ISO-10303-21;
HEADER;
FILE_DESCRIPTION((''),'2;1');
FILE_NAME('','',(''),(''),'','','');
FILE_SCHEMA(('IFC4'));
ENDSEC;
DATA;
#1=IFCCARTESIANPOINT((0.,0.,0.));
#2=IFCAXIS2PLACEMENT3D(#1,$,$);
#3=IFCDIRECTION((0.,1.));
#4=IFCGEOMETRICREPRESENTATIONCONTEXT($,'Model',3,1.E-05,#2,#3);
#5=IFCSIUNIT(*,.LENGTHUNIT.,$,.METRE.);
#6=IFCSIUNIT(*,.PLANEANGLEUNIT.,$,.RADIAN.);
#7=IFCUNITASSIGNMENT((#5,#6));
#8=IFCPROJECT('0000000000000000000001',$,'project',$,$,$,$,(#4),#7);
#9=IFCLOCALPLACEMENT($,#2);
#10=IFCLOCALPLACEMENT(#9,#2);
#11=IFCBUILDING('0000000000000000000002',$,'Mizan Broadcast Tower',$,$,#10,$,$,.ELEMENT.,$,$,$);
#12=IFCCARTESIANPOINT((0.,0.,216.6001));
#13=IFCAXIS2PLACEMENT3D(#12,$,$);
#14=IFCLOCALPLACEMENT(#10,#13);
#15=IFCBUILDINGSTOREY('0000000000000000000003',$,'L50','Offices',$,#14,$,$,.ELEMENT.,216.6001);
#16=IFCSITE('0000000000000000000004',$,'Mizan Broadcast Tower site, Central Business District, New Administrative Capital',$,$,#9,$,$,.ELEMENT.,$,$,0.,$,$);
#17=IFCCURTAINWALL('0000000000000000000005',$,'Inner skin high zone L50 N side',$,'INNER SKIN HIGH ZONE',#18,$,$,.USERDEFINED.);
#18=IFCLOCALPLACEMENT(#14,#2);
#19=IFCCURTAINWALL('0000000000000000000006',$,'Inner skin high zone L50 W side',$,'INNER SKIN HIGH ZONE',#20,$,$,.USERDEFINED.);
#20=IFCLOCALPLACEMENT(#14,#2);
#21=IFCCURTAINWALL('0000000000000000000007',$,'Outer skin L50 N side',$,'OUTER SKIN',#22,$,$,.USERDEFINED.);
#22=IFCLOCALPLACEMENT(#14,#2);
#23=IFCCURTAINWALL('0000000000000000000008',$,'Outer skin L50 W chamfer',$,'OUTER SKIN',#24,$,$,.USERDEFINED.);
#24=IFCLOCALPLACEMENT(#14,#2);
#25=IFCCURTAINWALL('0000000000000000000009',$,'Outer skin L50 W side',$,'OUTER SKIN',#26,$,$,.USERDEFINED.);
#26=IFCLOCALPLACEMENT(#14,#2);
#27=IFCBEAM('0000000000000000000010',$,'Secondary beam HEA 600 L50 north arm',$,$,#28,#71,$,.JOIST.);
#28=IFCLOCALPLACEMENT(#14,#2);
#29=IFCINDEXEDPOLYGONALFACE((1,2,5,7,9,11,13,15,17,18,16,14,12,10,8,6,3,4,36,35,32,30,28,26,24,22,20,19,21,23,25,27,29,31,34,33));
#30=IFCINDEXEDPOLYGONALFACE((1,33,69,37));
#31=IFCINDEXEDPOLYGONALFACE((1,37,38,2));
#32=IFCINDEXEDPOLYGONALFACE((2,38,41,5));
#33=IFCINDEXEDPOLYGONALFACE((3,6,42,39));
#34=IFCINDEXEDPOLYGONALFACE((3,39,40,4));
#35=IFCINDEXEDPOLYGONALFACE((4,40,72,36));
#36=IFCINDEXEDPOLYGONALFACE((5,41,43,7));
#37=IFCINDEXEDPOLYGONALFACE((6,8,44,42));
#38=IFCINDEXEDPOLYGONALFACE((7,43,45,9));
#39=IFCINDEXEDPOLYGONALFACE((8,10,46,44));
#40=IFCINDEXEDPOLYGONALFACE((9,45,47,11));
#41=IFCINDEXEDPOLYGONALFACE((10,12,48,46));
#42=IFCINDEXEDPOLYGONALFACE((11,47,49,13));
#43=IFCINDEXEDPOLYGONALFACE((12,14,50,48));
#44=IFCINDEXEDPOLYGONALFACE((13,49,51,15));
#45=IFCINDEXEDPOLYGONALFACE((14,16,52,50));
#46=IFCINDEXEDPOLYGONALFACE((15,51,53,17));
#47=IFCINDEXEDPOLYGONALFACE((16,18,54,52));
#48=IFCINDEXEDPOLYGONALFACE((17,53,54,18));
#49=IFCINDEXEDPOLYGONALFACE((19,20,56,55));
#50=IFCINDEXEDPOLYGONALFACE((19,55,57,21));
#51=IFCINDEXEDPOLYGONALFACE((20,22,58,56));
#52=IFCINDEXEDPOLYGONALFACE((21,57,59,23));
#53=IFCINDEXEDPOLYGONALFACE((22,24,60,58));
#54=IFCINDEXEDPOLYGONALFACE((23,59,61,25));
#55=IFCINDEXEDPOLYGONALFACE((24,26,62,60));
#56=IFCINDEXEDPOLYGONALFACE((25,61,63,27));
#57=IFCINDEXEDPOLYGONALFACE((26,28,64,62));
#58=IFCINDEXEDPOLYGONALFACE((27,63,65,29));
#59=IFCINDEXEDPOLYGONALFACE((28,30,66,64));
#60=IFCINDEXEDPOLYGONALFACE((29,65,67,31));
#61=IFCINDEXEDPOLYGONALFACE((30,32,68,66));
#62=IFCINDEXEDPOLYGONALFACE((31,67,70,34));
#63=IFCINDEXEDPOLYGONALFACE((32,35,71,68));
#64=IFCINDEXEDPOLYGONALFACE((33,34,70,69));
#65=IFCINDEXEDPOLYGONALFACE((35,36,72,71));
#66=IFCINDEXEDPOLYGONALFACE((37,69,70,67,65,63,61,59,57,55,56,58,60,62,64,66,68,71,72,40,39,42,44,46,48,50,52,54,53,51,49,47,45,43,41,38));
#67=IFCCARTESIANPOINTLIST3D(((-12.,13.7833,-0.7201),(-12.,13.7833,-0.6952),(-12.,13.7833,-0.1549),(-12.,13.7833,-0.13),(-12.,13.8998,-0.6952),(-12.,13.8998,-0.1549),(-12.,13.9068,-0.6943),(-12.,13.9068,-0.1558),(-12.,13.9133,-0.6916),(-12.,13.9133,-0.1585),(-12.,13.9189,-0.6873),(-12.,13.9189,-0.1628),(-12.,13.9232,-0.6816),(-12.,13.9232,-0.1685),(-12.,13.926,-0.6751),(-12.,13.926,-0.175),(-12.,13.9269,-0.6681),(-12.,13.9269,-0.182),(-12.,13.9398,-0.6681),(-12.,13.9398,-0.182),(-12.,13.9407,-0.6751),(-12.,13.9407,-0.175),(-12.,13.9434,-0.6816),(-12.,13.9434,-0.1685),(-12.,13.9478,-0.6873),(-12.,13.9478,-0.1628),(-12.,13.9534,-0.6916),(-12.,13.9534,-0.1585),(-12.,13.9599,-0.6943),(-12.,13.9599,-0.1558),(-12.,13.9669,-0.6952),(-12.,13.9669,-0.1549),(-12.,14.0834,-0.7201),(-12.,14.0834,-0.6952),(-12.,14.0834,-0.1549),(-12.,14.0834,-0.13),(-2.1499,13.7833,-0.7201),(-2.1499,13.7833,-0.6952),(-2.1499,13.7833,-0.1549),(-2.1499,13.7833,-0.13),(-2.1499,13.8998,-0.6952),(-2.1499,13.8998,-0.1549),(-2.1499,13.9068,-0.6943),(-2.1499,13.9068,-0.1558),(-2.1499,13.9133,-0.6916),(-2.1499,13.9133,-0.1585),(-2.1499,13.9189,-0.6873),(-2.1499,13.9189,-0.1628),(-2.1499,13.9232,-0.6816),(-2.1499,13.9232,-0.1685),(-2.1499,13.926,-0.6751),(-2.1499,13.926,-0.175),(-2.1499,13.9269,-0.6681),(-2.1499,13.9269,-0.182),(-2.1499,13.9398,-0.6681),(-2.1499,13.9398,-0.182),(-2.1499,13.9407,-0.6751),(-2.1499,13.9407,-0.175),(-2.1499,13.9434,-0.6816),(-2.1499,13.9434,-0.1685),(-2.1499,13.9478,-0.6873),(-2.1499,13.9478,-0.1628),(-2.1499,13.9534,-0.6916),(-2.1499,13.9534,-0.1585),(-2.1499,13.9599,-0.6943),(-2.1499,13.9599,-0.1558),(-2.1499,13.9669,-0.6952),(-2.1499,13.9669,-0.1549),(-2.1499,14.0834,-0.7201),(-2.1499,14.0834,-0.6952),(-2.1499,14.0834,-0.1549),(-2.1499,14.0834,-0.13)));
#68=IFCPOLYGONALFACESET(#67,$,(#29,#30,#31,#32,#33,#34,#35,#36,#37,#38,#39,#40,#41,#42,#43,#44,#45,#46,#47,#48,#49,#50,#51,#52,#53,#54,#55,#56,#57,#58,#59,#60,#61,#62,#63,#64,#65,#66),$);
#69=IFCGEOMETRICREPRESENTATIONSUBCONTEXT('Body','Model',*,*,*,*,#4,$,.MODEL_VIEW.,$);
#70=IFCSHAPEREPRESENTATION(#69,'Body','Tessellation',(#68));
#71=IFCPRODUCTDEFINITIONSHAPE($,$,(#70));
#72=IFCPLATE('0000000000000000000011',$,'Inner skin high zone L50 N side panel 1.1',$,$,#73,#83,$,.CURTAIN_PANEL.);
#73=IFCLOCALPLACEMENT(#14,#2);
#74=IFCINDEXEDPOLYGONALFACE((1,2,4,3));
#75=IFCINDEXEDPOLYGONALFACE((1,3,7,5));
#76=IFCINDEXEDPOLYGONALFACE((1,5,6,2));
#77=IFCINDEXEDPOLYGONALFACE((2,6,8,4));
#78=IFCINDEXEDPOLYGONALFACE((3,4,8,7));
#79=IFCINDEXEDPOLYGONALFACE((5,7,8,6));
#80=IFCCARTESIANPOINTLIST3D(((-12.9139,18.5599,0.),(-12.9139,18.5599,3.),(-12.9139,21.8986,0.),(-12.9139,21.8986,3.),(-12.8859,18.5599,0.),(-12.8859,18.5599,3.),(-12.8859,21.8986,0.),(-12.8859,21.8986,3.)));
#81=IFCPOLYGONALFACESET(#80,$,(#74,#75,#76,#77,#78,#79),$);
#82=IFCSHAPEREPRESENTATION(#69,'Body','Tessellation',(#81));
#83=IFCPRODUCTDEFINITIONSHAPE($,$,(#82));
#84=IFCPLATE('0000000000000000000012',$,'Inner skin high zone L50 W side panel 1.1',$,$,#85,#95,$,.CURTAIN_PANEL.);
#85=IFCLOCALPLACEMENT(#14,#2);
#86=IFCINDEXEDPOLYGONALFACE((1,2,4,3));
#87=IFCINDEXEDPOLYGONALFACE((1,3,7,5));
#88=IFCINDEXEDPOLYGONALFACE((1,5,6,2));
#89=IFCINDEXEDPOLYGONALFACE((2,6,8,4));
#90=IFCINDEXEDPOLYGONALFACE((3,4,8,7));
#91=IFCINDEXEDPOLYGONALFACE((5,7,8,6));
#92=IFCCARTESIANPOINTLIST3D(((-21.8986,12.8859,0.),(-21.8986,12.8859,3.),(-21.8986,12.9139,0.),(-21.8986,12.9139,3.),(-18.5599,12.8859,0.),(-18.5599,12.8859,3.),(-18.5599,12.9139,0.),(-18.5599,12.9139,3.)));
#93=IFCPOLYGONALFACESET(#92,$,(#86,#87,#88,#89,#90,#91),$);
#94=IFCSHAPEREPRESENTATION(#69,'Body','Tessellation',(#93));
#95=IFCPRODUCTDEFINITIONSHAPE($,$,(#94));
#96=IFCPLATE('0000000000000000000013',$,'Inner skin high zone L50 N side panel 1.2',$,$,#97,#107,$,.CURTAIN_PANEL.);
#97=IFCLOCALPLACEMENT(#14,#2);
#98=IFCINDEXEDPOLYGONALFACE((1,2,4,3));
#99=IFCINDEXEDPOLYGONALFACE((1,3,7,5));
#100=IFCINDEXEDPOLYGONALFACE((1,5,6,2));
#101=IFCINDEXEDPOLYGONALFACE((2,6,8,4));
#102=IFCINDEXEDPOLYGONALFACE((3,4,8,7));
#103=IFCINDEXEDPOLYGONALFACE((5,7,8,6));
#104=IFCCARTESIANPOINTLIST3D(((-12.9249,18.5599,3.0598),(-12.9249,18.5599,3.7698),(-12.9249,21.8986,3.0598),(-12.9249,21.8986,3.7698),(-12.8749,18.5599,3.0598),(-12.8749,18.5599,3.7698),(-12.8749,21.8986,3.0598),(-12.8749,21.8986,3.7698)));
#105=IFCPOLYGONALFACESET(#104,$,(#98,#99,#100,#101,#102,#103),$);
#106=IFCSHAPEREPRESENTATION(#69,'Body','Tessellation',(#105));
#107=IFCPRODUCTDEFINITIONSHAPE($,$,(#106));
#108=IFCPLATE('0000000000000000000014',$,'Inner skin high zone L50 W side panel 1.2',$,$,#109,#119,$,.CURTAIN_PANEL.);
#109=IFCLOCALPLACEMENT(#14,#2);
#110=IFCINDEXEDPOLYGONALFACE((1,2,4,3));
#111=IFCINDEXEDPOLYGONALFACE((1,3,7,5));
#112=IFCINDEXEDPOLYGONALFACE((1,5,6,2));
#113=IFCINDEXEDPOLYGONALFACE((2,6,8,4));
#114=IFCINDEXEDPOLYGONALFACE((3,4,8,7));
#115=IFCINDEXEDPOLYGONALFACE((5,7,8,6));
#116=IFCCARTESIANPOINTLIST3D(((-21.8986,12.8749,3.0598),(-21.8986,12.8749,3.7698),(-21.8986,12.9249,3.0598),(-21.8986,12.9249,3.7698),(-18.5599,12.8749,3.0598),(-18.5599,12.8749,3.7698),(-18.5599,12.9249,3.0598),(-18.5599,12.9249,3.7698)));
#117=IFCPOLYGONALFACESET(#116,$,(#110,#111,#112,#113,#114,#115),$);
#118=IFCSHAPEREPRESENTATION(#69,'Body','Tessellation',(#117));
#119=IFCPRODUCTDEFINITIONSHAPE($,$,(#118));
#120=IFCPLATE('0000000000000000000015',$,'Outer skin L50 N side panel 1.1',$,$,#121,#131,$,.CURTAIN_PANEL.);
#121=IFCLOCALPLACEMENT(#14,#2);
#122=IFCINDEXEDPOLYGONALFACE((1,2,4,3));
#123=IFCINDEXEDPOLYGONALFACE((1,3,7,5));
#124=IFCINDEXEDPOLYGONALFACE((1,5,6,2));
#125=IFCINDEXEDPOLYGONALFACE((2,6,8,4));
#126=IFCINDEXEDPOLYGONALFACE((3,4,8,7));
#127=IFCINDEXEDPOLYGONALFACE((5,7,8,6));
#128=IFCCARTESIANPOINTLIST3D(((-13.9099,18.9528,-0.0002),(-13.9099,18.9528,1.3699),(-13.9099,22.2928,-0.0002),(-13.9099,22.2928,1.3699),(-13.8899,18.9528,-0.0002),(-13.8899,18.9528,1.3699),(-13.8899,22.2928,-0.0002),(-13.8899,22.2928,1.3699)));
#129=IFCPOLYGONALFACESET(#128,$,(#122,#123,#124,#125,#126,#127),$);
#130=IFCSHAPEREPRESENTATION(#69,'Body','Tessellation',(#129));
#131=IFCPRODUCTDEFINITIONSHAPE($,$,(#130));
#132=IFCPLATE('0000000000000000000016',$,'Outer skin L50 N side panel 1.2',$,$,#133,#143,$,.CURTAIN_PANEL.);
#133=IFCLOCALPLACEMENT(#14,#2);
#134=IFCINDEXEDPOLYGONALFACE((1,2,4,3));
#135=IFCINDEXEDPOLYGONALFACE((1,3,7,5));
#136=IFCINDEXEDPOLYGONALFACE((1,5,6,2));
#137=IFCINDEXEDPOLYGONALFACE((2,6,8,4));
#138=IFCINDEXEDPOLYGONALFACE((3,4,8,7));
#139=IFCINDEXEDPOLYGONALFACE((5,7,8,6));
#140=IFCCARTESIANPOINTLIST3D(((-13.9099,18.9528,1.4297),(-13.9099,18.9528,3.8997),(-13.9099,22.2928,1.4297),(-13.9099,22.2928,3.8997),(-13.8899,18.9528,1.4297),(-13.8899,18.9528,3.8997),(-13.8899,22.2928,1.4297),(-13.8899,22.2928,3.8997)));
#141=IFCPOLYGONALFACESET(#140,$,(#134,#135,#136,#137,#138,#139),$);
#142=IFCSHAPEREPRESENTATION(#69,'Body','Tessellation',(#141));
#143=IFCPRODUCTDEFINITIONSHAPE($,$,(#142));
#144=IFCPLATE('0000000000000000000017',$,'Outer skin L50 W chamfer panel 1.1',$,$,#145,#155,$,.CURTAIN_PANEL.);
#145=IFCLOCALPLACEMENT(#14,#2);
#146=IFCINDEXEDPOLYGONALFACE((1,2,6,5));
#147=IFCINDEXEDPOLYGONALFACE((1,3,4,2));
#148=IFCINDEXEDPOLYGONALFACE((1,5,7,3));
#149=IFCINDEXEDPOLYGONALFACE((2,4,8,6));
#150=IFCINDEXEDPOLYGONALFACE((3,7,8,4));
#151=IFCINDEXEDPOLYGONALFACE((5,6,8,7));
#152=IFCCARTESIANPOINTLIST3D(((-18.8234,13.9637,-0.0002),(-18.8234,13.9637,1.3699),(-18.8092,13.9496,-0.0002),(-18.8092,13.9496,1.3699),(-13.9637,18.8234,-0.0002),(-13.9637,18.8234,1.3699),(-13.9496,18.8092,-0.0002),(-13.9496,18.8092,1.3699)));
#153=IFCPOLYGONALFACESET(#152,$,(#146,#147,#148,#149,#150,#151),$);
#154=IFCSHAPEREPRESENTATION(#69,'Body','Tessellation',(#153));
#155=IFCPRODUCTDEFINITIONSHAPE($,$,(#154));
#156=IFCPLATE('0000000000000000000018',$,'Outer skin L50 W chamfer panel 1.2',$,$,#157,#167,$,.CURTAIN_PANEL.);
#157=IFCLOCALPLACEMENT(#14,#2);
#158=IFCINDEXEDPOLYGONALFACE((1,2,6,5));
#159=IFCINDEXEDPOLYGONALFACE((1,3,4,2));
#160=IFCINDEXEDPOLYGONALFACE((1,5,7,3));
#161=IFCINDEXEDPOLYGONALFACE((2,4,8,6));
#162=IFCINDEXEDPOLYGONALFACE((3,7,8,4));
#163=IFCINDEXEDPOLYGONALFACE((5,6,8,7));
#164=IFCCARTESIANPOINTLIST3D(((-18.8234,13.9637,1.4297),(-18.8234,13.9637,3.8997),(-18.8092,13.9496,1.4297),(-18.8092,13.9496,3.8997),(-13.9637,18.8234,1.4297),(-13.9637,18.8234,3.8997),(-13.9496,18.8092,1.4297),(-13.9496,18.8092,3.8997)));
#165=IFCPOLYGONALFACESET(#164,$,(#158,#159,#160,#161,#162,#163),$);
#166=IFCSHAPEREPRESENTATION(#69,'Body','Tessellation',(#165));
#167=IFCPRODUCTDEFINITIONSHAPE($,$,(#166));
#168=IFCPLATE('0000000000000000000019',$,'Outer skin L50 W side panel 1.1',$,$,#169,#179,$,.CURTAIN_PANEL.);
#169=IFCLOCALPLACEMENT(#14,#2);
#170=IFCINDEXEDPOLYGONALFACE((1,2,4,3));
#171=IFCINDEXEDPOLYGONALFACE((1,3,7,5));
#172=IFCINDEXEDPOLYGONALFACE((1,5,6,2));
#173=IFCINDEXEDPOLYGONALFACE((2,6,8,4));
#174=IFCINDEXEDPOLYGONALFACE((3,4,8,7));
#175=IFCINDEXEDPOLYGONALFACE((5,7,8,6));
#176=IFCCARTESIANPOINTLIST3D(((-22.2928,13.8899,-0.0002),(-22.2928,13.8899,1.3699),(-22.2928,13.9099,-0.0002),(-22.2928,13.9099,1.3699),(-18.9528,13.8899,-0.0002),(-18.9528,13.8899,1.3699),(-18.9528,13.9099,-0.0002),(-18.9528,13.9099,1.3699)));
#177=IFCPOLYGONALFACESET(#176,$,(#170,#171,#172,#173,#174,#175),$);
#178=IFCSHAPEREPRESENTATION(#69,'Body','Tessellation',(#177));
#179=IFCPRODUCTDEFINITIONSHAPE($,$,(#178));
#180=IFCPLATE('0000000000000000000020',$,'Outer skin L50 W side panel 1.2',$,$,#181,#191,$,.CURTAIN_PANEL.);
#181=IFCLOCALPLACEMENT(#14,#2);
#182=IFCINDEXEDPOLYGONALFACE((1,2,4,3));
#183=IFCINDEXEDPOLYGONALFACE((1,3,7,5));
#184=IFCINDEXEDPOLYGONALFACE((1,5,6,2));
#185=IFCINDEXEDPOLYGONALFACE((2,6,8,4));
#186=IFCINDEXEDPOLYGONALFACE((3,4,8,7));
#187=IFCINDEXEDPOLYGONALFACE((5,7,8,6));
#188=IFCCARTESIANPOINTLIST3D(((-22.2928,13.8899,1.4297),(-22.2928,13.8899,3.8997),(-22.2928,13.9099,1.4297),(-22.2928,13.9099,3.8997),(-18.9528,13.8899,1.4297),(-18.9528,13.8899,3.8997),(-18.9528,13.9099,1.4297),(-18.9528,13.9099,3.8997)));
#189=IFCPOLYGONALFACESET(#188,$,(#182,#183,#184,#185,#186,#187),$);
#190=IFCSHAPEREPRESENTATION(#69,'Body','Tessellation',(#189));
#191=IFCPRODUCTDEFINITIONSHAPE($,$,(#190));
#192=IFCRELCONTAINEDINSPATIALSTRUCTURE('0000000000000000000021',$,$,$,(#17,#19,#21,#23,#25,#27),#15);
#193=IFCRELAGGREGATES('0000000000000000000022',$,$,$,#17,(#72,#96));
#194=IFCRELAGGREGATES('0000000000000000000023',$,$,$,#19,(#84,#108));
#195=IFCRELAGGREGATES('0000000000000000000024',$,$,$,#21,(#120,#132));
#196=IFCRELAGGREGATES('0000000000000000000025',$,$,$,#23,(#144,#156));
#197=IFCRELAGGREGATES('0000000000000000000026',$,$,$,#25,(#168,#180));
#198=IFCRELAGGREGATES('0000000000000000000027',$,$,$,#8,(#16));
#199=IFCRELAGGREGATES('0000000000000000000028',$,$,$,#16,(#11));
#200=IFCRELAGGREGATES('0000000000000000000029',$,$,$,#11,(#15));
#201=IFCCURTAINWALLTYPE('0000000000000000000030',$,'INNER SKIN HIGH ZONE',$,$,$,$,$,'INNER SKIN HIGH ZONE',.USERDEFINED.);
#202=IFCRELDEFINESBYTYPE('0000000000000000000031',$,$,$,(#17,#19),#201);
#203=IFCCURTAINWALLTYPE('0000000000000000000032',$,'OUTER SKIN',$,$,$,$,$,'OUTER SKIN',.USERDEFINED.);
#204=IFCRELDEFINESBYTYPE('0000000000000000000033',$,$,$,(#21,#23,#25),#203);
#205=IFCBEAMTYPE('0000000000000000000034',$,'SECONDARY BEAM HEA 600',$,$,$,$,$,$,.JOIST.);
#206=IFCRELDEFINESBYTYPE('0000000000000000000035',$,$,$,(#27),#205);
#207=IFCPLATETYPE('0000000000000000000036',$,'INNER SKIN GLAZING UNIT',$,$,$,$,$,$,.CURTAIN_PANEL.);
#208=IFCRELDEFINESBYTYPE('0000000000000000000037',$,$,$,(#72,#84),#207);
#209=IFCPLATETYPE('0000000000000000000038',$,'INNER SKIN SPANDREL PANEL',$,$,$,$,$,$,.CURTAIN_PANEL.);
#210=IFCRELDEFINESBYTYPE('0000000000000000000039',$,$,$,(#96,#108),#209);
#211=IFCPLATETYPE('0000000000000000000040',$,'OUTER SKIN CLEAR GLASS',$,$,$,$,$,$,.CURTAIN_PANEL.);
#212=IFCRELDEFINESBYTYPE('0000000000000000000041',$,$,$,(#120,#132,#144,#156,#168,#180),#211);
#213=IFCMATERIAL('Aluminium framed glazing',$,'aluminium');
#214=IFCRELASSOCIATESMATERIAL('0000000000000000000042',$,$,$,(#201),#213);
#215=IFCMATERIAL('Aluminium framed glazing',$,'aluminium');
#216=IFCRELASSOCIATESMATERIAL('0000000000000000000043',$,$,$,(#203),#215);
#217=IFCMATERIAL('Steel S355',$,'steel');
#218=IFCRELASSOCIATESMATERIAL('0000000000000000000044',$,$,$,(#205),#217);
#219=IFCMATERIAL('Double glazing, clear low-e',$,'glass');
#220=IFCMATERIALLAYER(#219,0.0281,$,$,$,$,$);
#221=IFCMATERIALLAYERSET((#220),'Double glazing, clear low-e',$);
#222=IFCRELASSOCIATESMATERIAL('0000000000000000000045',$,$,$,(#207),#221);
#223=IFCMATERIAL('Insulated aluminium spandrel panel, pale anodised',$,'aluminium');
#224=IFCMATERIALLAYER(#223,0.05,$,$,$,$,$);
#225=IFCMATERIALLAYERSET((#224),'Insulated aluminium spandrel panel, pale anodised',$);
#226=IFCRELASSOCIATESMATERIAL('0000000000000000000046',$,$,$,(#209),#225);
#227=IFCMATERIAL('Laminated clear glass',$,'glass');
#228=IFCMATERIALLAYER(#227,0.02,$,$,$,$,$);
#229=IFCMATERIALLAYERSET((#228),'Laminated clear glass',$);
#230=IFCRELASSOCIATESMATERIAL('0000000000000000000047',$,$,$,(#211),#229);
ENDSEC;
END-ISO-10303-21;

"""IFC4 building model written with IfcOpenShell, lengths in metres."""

from ifc_helpers import new_model, si_unit, direction, frame, origin, origin_2d, place, context, subcontext, project, spatial, rectangle, i_section, extrude, material, layer, layer_set, material_profile, profile_set, type_object, element, aggregate, save


model = new_model("IFC4")

# Units and contexts
model_context = context("Model", 3, precision=1e-05, world=origin(), true_north=direction((0.0, 1.0)))
body_context = subcontext(model_context, "Body", "Model", "MODEL_VIEW")
ifc_project = project(units=[si_unit("LENGTHUNIT", "METRE"), si_unit("PLANEANGLEUNIT", "RADIAN")], contexts=[model_context])

# Site, building, storey
site_placement = place(None, origin())
site = spatial("IfcSite", under=ifc_project, at=site_placement, Name="Mizan Broadcast Tower site, Central Business District, New Administrative Capital", CompositionType="ELEMENT", RefElevation=0.0)
building_placement = place(site_placement, origin())
building = spatial("IfcBuilding", under=site, at=building_placement, Name="Mizan Broadcast Tower", CompositionType="ELEMENT")
storey_placement = place(building_placement, frame((0.0, 0.0, 216.6001)))
storey = spatial("IfcBuildingStorey", under=building, at=storey_placement, Name="L50", Description="Offices", CompositionType="ELEMENT", Elevation=216.6001)

# Shared definitions
ifc_material_1 = material(Name="Aluminium framed glazing", Category="aluminium")
curtain_wall_type_1 = type_object("IfcCurtainWallType", Name="INNER SKIN HIGH ZONE", ElementType="INNER SKIN HIGH ZONE", PredefinedType="USERDEFINED", material=ifc_material_1)

# Curtain wall
curtain_wall_1_placement = place(storey_placement, origin())
curtain_wall_1 = element("IfcCurtainWall", 1, at=curtain_wall_1_placement, inside=storey, type_object=curtain_wall_type_1, Name="Inner skin high zone L50 N side", ObjectType="INNER SKIN HIGH ZONE", PredefinedType="USERDEFINED")

# Curtain walls
curtain_wall_2_placement = place(storey_placement, origin())
curtain_wall_2 = element("IfcCurtainWall", 2, at=curtain_wall_2_placement, inside=storey, type_object=curtain_wall_type_1, Name="Inner skin high zone L50 W side", ObjectType="INNER SKIN HIGH ZONE", PredefinedType="USERDEFINED")
ifc_material_2 = material(Name="Aluminium framed glazing", Category="aluminium")
curtain_wall_type_2 = type_object("IfcCurtainWallType", Name="OUTER SKIN", ElementType="OUTER SKIN", PredefinedType="USERDEFINED", material=ifc_material_2)
curtain_wall_3_placement = place(storey_placement, origin())
curtain_wall_3 = element("IfcCurtainWall", 3, at=curtain_wall_3_placement, inside=storey, type_object=curtain_wall_type_2, Name="Outer skin L50 N side", ObjectType="OUTER SKIN", PredefinedType="USERDEFINED")
curtain_wall_4_placement = place(storey_placement, origin())
curtain_wall_4 = element("IfcCurtainWall", 4, at=curtain_wall_4_placement, inside=storey, type_object=curtain_wall_type_2, Name="Outer skin L50 W chamfer", ObjectType="OUTER SKIN", PredefinedType="USERDEFINED")
curtain_wall_5_placement = place(storey_placement, origin())
curtain_wall_5 = element("IfcCurtainWall", 5, at=curtain_wall_5_placement, inside=storey, type_object=curtain_wall_type_2, Name="Outer skin L50 W side", ObjectType="OUTER SKIN", PredefinedType="USERDEFINED")

# Beam
ifc_material_3 = material(Name="Steel S355", Category="steel")
ifc_material_profile_1 = material_profile(ifc_material_3, i_section(OverallWidth=0.3, OverallDepth=0.5901, WebThickness=0.0129, FlangeThickness=0.0249, FilletRadius=0.0271, at=origin_2d()), Name="HEA 600")
ifc_profile_set_1 = profile_set([ifc_material_profile_1], Name="Steel S355")
beam_type = type_object("IfcBeamType", Name="SECONDARY BEAM HEA 600", PredefinedType="JOIST", material=ifc_profile_set_1)
beam_placement = place(storey_placement, frame((-12.0, 13.9333, -0.425), z_axis=(1.0, 0.0, 0.0), x_axis=(0.0, 1.0, 0.0)))
element("IfcBeam", 6, at=beam_placement, inside=storey, type_object=beam_type, Name="Secondary beam HEA 600 L50 north arm", PredefinedType="JOIST", context=body_context, shape_type="SweptSolid", body=[
    extrude(i_section(OverallWidth=0.3, OverallDepth=0.5901, WebThickness=0.0129, FlangeThickness=0.0249, FilletRadius=0.0271, at=origin_2d()), origin(), (0.0, 0.0, 1.0), 9.8501),
])

# Plates
ifc_material_4 = material(Name="Double glazing, clear low-e", Category="glass")
ifc_layer_1 = layer(ifc_material_4, 0.0281)
ifc_layer_set_1 = layer_set([ifc_layer_1], Name="Double glazing, clear low-e")
plate_type_1 = type_object("IfcPlateType", Name="INNER SKIN GLAZING UNIT", PredefinedType="CURTAIN_PANEL", material=ifc_layer_set_1)
plate_1_placement = place(storey_placement, frame((-12.8999, 20.2292, 0.0), z_axis=(0.0, 0.0, 1.0), x_axis=(0.0, -1.0, 0.0)))
plate_1 = element("IfcPlate", 7, at=plate_1_placement, type_object=plate_type_1, Name="Inner skin high zone L50 N side panel 1.1", PredefinedType="CURTAIN_PANEL", context=body_context, shape_type="SweptSolid", body=[
    extrude(rectangle(XDim=3.3386, YDim=0.0281, at=origin_2d()), origin(), (0.0, 0.0, 1.0), 3.0),
])
plate_2_placement = place(storey_placement, frame((-20.2292, 12.8999, 0.0), z_axis=(0.0, 0.0, 1.0), x_axis=(-1.0, 0.0, 0.0)))
plate_2 = element("IfcPlate", 8, at=plate_2_placement, type_object=plate_type_1, Name="Inner skin high zone L50 W side panel 1.1", PredefinedType="CURTAIN_PANEL", context=body_context, shape_type="SweptSolid", body=[
    extrude(rectangle(XDim=3.3386, YDim=0.0281, at=origin_2d()), origin(), (0.0, 0.0, 1.0), 3.0),
])
ifc_material_5 = material(Name="Insulated aluminium spandrel panel, pale anodised", Category="aluminium")
ifc_layer_2 = layer(ifc_material_5, 0.05)
ifc_layer_set_2 = layer_set([ifc_layer_2], Name="Insulated aluminium spandrel panel, pale anodised")
plate_type_2 = type_object("IfcPlateType", Name="INNER SKIN SPANDREL PANEL", PredefinedType="CURTAIN_PANEL", material=ifc_layer_set_2)
plate_3_placement = place(storey_placement, frame((-12.8999, 20.2292, 3.0598), z_axis=(0.0, 0.0, 1.0), x_axis=(0.0, -1.0, 0.0)))
plate_3 = element("IfcPlate", 9, at=plate_3_placement, type_object=plate_type_2, Name="Inner skin high zone L50 N side panel 1.2", PredefinedType="CURTAIN_PANEL", context=body_context, shape_type="SweptSolid", body=[
    extrude(rectangle(XDim=3.3386, YDim=0.05, at=origin_2d()), origin(), (0.0, 0.0, 1.0), 0.71),
])
aggregate(curtain_wall_1, [plate_1, plate_3])
plate_4_placement = place(storey_placement, frame((-20.2292, 12.8999, 3.0598), z_axis=(0.0, 0.0, 1.0), x_axis=(-1.0, 0.0, 0.0)))
plate_4 = element("IfcPlate", 10, at=plate_4_placement, type_object=plate_type_2, Name="Inner skin high zone L50 W side panel 1.2", PredefinedType="CURTAIN_PANEL", context=body_context, shape_type="SweptSolid", body=[
    extrude(rectangle(XDim=3.3386, YDim=0.05, at=origin_2d()), origin(), (0.0, 0.0, 1.0), 0.71),
])
aggregate(curtain_wall_2, [plate_2, plate_4])
ifc_material_6 = material(Name="Laminated clear glass", Category="glass")
ifc_layer_3 = layer(ifc_material_6, 0.02)
ifc_layer_set_3 = layer_set([ifc_layer_3], Name="Laminated clear glass")
plate_type_3 = type_object("IfcPlateType", Name="OUTER SKIN CLEAR GLASS", PredefinedType="CURTAIN_PANEL", material=ifc_layer_set_3)
plate_5_placement = place(storey_placement, frame((-13.8999, 20.6228, -0.0002), z_axis=(0.0, 0.0, 1.0), x_axis=(0.0, -1.0, 0.0)))
plate_5 = element("IfcPlate", 11, at=plate_5_placement, type_object=plate_type_3, Name="Outer skin L50 N side panel 1.1", PredefinedType="CURTAIN_PANEL", context=body_context, shape_type="SweptSolid", body=[
    extrude(rectangle(XDim=3.3401, YDim=0.02, at=origin_2d()), origin(), (0.0, 0.0, 1.0), 1.3701),
])
plate_6_placement = place(storey_placement, frame((-13.8999, 20.6228, 1.4297), z_axis=(0.0, 0.0, 1.0), x_axis=(0.0, -1.0, 0.0)))
plate_6 = element("IfcPlate", 12, at=plate_6_placement, type_object=plate_type_3, Name="Outer skin L50 N side panel 1.2", PredefinedType="CURTAIN_PANEL", context=body_context, shape_type="SweptSolid", body=[
    extrude(rectangle(XDim=3.3401, YDim=0.02, at=origin_2d()), origin(), (0.0, 0.0, 1.0), 2.47),
])
aggregate(curtain_wall_3, [plate_5, plate_6])
plate_7_placement = place(storey_placement, frame((-16.3865, 16.3865, -0.0002), z_axis=(0.0, 0.0, 1.0), x_axis=(-0.707107, -0.707107, 0.0)))
plate_7 = element("IfcPlate", 13, at=plate_7_placement, type_object=plate_type_3, Name="Outer skin L50 W chamfer panel 1.1", PredefinedType="CURTAIN_PANEL", context=body_context, shape_type="SweptSolid", body=[
    extrude(rectangle(XDim=6.8726, YDim=0.02, at=origin_2d()), origin(), (0.0, 0.0, 1.0), 1.3701),
])
plate_8_placement = place(storey_placement, frame((-16.3865, 16.3865, 1.4297), z_axis=(0.0, 0.0, 1.0), x_axis=(-0.707107, -0.707107, 0.0)))
plate_8 = element("IfcPlate", 14, at=plate_8_placement, type_object=plate_type_3, Name="Outer skin L50 W chamfer panel 1.2", PredefinedType="CURTAIN_PANEL", context=body_context, shape_type="SweptSolid", body=[
    extrude(rectangle(XDim=6.8726, YDim=0.02, at=origin_2d()), origin(), (0.0, 0.0, 1.0), 2.47),
])
aggregate(curtain_wall_4, [plate_7, plate_8])
plate_9_placement = place(storey_placement, frame((-20.6228, 13.8999, -0.0002), z_axis=(0.0, 0.0, 1.0), x_axis=(-1.0, 0.0, 0.0)))
plate_9 = element("IfcPlate", 15, at=plate_9_placement, type_object=plate_type_3, Name="Outer skin L50 W side panel 1.1", PredefinedType="CURTAIN_PANEL", context=body_context, shape_type="SweptSolid", body=[
    extrude(rectangle(XDim=3.3401, YDim=0.02, at=origin_2d()), origin(), (0.0, 0.0, 1.0), 1.3701),
])
plate_10_placement = place(storey_placement, frame((-20.6228, 13.8999, 1.4297), z_axis=(0.0, 0.0, 1.0), x_axis=(-1.0, 0.0, 0.0)))
plate_10 = element("IfcPlate", 16, at=plate_10_placement, type_object=plate_type_3, Name="Outer skin L50 W side panel 1.2", PredefinedType="CURTAIN_PANEL", context=body_context, shape_type="SweptSolid", body=[
    extrude(rectangle(XDim=3.3401, YDim=0.02, at=origin_2d()), origin(), (0.0, 0.0, 1.0), 2.47),
])
aggregate(curtain_wall_5, [plate_9, plate_10])

save(model, "model.ifc")
